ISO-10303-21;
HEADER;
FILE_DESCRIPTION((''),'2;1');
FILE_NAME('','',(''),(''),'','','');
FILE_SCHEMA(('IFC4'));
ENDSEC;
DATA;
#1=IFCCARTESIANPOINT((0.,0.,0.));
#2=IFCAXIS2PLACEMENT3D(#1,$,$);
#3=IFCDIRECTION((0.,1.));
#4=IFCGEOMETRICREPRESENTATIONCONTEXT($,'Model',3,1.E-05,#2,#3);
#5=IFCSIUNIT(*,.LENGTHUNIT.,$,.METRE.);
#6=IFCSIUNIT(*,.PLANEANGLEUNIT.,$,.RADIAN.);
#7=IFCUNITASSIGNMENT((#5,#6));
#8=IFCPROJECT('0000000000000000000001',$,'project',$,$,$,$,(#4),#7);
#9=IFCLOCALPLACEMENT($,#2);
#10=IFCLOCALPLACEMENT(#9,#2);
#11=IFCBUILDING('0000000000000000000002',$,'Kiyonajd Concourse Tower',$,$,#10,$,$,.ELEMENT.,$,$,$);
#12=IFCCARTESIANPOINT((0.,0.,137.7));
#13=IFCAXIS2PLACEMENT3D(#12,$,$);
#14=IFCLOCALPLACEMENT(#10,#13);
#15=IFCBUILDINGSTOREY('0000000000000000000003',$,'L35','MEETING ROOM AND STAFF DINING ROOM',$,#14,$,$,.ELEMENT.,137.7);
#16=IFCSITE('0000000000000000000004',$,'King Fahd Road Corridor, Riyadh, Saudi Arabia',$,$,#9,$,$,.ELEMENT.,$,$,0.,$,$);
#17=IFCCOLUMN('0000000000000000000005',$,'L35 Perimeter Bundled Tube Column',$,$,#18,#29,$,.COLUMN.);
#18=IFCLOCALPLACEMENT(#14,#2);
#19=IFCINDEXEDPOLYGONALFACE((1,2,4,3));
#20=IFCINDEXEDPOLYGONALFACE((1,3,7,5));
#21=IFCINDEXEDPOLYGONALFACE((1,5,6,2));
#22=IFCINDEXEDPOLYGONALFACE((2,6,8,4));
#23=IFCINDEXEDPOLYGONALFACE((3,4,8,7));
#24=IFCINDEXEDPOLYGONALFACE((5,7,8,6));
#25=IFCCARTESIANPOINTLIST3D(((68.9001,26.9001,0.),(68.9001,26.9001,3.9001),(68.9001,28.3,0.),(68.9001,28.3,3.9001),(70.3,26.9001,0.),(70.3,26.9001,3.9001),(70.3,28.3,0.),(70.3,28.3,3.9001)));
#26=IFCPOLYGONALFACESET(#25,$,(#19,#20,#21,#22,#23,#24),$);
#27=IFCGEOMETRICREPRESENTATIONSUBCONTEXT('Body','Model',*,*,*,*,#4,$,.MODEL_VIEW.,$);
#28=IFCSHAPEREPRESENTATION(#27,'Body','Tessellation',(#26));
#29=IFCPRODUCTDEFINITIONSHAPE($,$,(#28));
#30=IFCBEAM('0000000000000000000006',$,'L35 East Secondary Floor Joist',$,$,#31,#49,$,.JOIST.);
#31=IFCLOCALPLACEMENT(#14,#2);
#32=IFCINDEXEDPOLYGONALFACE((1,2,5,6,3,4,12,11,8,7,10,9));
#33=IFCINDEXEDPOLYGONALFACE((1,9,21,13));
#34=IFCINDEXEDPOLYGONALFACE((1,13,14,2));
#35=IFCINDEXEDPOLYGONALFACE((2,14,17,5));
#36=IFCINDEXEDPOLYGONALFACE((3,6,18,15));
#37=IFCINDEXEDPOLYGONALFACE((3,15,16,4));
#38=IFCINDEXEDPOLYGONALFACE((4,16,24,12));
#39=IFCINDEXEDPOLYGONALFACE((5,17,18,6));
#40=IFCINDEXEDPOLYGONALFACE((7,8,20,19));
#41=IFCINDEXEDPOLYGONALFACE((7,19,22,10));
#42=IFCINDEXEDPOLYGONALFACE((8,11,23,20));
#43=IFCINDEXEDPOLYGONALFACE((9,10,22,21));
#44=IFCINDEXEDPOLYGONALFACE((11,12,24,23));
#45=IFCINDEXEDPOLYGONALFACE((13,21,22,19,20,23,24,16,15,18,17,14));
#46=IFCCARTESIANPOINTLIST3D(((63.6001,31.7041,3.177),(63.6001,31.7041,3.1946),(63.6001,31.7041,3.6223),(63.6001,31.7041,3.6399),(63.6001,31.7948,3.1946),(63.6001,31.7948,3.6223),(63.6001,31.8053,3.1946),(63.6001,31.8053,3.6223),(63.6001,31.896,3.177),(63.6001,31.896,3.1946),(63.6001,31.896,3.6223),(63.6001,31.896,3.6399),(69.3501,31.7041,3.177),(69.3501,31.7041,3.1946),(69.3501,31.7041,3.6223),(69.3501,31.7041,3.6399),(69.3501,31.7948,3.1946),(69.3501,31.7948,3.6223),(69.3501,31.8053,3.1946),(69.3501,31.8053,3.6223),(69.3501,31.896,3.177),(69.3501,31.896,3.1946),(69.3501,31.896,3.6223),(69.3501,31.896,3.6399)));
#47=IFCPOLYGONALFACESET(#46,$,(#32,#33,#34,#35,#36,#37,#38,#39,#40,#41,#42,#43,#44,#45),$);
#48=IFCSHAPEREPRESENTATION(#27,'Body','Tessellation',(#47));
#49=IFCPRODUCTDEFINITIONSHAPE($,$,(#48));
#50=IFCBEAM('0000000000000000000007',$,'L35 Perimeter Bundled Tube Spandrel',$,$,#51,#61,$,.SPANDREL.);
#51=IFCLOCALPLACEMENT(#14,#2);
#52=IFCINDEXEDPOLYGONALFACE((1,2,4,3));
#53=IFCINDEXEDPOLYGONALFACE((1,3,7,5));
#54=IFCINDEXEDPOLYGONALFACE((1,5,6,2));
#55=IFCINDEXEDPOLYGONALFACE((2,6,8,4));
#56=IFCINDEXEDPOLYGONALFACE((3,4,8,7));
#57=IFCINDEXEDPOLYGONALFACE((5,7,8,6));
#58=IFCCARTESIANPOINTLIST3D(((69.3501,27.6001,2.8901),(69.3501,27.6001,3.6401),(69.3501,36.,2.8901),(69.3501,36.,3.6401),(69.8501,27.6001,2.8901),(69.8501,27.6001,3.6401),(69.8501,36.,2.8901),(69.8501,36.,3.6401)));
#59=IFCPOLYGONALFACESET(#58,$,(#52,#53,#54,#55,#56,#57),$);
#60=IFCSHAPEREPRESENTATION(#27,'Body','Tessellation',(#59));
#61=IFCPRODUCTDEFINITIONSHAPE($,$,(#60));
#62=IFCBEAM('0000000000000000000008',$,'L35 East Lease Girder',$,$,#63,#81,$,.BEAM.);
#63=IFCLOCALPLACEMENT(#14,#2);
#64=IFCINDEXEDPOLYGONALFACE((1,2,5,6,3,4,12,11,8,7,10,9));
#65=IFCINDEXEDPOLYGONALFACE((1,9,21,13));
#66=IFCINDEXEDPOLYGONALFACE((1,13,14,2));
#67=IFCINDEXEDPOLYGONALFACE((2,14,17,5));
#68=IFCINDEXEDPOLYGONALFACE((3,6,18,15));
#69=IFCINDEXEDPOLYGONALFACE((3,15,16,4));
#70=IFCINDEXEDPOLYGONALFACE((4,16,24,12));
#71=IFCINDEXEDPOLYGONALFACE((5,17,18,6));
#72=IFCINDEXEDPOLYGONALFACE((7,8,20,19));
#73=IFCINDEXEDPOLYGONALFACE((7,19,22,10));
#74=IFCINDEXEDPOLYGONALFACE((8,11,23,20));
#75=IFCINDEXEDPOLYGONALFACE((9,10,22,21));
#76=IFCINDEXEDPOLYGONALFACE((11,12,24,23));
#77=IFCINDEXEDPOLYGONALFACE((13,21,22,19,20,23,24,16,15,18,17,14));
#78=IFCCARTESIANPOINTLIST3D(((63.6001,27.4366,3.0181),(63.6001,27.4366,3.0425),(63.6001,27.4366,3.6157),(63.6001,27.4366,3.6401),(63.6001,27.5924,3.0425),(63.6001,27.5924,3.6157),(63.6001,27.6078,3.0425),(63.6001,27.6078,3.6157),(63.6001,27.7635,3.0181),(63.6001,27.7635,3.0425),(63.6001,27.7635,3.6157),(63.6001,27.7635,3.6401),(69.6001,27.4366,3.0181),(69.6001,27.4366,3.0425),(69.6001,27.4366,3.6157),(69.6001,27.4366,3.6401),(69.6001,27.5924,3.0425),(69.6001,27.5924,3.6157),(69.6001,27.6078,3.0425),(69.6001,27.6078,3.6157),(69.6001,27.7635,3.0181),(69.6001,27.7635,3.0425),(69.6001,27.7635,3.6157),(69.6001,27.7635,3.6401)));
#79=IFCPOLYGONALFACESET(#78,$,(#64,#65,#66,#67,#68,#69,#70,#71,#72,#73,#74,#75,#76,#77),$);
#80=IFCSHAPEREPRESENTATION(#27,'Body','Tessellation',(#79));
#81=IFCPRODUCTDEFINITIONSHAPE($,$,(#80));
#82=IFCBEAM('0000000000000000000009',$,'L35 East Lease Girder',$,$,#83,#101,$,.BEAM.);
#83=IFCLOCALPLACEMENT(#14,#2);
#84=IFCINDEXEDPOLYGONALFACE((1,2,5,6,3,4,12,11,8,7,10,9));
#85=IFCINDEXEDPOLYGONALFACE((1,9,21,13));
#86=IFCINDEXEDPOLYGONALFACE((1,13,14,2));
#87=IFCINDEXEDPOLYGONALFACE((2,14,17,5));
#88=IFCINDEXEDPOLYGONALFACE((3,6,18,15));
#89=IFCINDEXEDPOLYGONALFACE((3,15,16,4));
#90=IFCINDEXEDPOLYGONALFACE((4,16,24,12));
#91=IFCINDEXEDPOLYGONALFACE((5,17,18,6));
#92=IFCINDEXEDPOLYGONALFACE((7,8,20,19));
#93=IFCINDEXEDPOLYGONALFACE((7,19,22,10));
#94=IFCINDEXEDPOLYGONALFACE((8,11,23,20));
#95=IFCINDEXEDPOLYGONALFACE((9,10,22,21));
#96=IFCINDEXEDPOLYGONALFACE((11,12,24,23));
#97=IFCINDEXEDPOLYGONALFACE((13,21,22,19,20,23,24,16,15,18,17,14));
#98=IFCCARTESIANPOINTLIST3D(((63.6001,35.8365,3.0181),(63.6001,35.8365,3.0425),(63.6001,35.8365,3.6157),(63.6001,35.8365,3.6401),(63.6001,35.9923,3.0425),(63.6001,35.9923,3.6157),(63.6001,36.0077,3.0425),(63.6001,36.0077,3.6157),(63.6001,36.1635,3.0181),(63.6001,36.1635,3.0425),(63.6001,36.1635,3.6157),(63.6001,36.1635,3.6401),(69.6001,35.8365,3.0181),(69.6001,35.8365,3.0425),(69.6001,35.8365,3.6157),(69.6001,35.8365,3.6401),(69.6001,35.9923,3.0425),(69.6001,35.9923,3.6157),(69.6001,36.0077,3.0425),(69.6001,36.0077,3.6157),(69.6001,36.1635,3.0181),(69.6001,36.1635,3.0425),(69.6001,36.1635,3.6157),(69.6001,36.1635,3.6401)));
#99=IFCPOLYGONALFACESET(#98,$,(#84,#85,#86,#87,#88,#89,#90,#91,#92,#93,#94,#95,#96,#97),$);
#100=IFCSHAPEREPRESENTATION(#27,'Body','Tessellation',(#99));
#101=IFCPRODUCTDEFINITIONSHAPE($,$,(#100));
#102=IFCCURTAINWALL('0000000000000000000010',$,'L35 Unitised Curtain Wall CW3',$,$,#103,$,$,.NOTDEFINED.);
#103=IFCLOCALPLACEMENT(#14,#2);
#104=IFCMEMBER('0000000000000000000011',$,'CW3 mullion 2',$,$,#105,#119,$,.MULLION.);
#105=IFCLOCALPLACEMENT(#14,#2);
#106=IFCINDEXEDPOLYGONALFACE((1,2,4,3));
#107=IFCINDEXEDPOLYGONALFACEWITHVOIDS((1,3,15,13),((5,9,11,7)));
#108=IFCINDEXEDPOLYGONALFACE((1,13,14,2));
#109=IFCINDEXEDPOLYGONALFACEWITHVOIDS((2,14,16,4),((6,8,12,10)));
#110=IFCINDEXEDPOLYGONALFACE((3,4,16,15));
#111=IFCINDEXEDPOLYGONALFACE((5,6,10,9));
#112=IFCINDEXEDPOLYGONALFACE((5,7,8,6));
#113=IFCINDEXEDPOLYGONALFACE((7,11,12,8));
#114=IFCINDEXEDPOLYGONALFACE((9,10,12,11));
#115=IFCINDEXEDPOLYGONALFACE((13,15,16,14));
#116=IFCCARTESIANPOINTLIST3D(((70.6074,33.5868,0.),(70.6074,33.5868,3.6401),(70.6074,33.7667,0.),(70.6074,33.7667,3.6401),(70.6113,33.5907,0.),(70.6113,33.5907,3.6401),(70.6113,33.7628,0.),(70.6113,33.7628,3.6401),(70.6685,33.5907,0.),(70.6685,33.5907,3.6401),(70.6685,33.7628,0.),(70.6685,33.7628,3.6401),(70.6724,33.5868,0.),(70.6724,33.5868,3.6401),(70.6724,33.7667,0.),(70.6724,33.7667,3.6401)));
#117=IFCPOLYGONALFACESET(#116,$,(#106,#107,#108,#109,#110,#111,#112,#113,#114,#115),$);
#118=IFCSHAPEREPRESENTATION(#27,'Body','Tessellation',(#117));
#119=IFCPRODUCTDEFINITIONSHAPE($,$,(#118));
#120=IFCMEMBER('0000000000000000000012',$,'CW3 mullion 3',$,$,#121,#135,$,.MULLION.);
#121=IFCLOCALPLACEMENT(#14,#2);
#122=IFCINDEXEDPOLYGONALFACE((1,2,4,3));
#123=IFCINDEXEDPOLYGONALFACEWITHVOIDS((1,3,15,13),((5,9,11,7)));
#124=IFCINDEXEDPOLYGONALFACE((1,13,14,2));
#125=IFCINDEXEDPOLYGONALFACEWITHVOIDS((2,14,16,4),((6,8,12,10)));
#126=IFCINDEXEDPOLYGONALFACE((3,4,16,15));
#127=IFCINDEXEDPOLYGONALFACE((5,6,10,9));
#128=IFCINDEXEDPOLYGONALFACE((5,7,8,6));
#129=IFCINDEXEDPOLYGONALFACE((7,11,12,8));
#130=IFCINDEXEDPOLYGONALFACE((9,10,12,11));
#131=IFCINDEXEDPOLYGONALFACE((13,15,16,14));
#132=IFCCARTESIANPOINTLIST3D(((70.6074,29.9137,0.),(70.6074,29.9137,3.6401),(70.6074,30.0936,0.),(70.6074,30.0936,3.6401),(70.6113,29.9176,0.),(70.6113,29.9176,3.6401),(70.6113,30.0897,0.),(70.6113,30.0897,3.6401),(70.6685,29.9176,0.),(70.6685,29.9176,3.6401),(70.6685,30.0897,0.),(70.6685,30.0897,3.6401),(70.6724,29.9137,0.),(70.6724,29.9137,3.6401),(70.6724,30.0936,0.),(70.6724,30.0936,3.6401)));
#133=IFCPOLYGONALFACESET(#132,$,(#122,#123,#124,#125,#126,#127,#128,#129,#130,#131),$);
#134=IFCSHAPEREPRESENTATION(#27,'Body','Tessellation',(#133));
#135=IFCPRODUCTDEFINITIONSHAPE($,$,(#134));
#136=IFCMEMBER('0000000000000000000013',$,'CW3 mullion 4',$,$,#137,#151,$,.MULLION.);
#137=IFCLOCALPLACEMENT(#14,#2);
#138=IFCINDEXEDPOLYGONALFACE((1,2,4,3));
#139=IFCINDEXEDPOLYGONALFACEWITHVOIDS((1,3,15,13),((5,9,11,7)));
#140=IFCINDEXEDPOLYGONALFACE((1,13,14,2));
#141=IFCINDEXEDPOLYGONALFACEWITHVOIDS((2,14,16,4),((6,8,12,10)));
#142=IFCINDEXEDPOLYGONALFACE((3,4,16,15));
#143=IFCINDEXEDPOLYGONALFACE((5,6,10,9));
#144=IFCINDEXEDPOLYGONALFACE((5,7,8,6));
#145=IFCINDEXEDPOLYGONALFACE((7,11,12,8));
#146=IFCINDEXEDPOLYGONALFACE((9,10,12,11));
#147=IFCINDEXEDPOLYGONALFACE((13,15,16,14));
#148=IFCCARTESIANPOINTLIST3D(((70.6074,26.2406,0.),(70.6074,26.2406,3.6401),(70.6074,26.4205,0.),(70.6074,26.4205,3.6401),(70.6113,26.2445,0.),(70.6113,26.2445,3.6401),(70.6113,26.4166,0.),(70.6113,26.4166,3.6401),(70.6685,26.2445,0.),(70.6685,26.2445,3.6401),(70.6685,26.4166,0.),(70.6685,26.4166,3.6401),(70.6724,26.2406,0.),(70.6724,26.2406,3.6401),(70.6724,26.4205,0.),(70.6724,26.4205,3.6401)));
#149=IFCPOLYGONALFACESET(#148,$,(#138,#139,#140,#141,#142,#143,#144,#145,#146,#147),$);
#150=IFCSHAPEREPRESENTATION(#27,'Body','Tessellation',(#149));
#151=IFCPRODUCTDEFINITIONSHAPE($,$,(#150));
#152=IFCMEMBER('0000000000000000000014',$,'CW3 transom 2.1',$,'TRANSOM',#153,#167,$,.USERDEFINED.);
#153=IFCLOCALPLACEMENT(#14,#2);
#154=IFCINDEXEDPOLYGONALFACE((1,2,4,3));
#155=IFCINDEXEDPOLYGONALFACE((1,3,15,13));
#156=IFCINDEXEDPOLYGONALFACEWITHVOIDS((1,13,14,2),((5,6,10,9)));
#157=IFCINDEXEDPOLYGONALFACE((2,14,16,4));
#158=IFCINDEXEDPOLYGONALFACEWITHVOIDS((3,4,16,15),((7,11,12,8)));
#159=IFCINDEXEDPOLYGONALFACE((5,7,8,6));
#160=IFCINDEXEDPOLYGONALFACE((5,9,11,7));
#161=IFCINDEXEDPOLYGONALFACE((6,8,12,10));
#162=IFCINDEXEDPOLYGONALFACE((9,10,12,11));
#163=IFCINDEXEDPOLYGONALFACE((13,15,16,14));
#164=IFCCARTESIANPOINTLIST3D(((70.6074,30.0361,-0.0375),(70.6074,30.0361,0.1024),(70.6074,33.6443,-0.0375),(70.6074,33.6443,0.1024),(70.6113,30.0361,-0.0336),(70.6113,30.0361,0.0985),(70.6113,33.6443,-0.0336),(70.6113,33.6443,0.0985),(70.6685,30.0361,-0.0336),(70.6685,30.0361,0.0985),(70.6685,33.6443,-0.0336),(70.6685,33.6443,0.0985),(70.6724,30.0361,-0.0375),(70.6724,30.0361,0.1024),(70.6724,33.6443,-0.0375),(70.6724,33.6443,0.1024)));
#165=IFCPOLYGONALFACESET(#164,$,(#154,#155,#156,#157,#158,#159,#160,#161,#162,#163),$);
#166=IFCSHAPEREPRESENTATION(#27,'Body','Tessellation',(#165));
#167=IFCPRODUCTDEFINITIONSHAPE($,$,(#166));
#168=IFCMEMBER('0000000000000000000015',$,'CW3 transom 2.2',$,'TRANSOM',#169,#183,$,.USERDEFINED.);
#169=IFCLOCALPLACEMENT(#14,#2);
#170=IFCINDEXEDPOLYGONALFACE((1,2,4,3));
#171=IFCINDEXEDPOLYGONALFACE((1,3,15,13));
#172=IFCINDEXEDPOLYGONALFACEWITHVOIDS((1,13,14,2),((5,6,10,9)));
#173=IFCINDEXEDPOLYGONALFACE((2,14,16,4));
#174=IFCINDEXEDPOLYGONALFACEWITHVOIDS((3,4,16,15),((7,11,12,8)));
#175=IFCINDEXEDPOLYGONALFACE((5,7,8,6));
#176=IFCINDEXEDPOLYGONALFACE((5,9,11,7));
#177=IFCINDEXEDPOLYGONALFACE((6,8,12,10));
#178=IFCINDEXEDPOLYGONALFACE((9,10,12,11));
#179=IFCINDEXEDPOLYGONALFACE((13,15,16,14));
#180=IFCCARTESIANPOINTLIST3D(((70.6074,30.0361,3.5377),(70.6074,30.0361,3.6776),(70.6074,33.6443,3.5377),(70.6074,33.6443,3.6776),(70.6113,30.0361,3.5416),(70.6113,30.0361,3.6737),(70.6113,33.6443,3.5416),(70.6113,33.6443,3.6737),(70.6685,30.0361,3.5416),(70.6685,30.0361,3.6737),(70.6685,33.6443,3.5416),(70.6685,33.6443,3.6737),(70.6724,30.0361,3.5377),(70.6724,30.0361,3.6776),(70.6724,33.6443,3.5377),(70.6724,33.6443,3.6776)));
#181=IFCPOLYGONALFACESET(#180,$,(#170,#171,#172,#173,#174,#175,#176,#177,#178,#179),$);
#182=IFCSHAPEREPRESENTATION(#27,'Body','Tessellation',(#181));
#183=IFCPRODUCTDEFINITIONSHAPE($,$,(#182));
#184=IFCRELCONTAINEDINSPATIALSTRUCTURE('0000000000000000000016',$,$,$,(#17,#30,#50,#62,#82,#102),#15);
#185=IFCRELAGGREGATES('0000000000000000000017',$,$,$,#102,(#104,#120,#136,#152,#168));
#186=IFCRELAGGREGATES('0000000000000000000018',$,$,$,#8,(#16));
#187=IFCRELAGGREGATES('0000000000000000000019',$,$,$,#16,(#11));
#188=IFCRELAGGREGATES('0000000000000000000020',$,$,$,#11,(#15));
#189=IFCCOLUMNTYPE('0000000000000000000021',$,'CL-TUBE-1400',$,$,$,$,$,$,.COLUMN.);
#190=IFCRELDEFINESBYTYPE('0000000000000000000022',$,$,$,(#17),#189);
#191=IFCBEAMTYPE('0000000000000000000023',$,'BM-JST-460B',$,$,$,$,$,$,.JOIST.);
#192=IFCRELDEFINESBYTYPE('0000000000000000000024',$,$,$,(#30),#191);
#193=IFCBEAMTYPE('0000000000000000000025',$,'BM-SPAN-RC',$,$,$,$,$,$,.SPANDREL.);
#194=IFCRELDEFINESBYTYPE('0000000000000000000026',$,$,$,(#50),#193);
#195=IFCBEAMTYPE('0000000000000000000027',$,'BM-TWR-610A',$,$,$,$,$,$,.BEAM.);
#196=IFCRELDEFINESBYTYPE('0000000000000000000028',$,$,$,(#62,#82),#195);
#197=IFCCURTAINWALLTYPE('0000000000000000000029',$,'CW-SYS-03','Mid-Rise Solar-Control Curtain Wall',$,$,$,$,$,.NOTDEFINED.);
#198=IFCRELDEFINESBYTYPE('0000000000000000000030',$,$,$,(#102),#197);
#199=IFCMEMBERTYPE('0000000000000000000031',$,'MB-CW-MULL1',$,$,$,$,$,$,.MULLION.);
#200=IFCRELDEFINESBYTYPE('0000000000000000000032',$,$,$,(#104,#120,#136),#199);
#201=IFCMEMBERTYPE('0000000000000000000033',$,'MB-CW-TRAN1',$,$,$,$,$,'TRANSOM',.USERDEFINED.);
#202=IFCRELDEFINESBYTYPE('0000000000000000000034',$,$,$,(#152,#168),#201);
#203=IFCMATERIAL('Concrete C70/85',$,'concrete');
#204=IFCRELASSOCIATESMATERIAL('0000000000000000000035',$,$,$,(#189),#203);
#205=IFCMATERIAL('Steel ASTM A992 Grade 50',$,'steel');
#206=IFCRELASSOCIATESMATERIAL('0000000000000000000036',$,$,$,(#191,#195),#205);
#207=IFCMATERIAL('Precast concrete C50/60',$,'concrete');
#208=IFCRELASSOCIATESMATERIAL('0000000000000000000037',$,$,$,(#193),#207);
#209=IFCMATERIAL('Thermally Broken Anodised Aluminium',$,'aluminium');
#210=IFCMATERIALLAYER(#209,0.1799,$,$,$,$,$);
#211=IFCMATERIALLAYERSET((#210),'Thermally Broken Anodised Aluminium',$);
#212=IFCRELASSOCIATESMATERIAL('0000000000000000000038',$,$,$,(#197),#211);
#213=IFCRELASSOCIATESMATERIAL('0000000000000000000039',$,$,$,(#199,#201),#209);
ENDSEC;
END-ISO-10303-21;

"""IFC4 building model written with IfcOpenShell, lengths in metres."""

from ifc_helpers import new_model, si_unit, direction, frame, origin, origin_2d, place, context, subcontext, project, spatial, rectangle, hollow_rectangle, i_section, extrude, material, layer, layer_set, material_profile, profile_set, type_object, element, aggregate, save


model = new_model("IFC4")

# Units and contexts
model_context = context("Model", 3, precision=1e-05, world=origin(), true_north=direction((0.0, 1.0)))
body_context = subcontext(model_context, "Body", "Model", "MODEL_VIEW")
ifc_project = project(units=[si_unit("LENGTHUNIT", "METRE"), si_unit("PLANEANGLEUNIT", "RADIAN")], contexts=[model_context])

# Site, building, storey
site_placement = place(None, origin())
site = spatial("IfcSite", under=ifc_project, at=site_placement, Name="King Fahd Road Corridor, Riyadh, Saudi Arabia", CompositionType="ELEMENT", RefElevation=0.0)
building_placement = place(site_placement, origin())
building = spatial("IfcBuilding", under=site, at=building_placement, Name="Kiyonajd Concourse Tower", CompositionType="ELEMENT")
storey_placement = place(building_placement, frame((0.0, 0.0, 137.7)))
storey = spatial("IfcBuildingStorey", under=building, at=storey_placement, Name="L35", Description="MEETING ROOM AND STAFF DINING ROOM", CompositionType="ELEMENT", Elevation=137.7)

# Column
ifc_material_1 = material(Name="Concrete C70/85", Category="concrete")
ifc_material_profile_1 = material_profile(ifc_material_1, rectangle(XDim=1.3999, YDim=1.3999, at=origin_2d()), Name="RC-1400x1400")
ifc_profile_set_1 = profile_set([ifc_material_profile_1], Name="Concrete C70/85")
column_type = type_object("IfcColumnType", Name="CL-TUBE-1400", PredefinedType="COLUMN", material=ifc_profile_set_1)
column_placement = place(storey_placement, frame((69.6001, 27.6001, 0.0), z_axis=(0.0, 0.0, 1.0), x_axis=(1.0, 0.0, 0.0)))
element("IfcColumn", 1, at=column_placement, inside=storey, type_object=column_type, Name="L35 Perimeter Bundled Tube Column", PredefinedType="COLUMN", context=body_context, shape_type="SweptSolid", body=[
    extrude(rectangle(XDim=1.3999, YDim=1.3999, at=origin_2d()), origin(), (0.0, 0.0, 1.0), 3.9001),
])

# Beams
ifc_material_2 = material(Name="Steel ASTM A992 Grade 50", Category="steel")
ifc_material_profile_2 = material_profile(ifc_material_2, i_section(OverallWidth=0.1919, OverallDepth=0.4629, WebThickness=0.0105, FlangeThickness=0.0176, at=origin_2d()), Name="W460X89")
ifc_profile_set_2 = profile_set([ifc_material_profile_2], Name="Steel ASTM A992 Grade 50")
beam_type_1 = type_object("IfcBeamType", Name="BM-JST-460B", PredefinedType="JOIST", material=ifc_profile_set_2)
beam_1_placement = place(storey_placement, frame((63.6001, 31.8, 3.4084), z_axis=(1.0, 0.0, 0.0), x_axis=(0.0, 1.0, 0.0)))
element("IfcBeam", 2, at=beam_1_placement, inside=storey, type_object=beam_type_1, Name="L35 East Secondary Floor Joist", PredefinedType="JOIST", context=body_context, shape_type="SweptSolid", body=[
    extrude(i_section(OverallWidth=0.1919, OverallDepth=0.4629, WebThickness=0.0105, FlangeThickness=0.0176, at=origin_2d()), origin(), (0.0, 0.0, 1.0), 5.75),
])
ifc_material_3 = material(Name="Precast concrete C50/60", Category="concrete")
ifc_material_profile_3 = material_profile(ifc_material_3, rectangle(XDim=0.5, YDim=0.75, at=origin_2d()), Name="RCBM-500x750")
ifc_profile_set_3 = profile_set([ifc_material_profile_3], Name="Precast concrete C50/60")
beam_type_2 = type_object("IfcBeamType", Name="BM-SPAN-RC", PredefinedType="SPANDREL", material=ifc_profile_set_3)
beam_2_placement = place(storey_placement, frame((69.6001, 27.6001, 3.2651), z_axis=(0.0, 1.0, 0.0), x_axis=(-1.0, 0.0, 0.0)))
element("IfcBeam", 3, at=beam_2_placement, inside=storey, type_object=beam_type_2, Name="L35 Perimeter Bundled Tube Spandrel", PredefinedType="SPANDREL", context=body_context, shape_type="SweptSolid", body=[
    extrude(rectangle(XDim=0.5, YDim=0.75, at=origin_2d()), origin(), (0.0, 0.0, 1.0), 8.3999),
])
ifc_material_profile_4 = material_profile(ifc_material_2, i_section(OverallWidth=0.3269, OverallDepth=0.6221, WebThickness=0.0154, FlangeThickness=0.0244, at=origin_2d()), Name="W610X195")
ifc_profile_set_4 = profile_set([ifc_material_profile_4], Name="Steel ASTM A992 Grade 50")
beam_type_3 = type_object("IfcBeamType", Name="BM-TWR-610A", PredefinedType="BEAM", material=ifc_profile_set_4)
for number, where, z_axis, x_axis, name in (
    (4, (63.6001, 27.6001, 3.3291), (1.0, 0.0, 0.0), (0.0, 1.0, 0.0), "L35 East Lease Girder"),
    (5, (63.6001, 36.0, 3.3291), (1.0, 0.0, 0.0), (0.0, 1.0, 0.0), "L35 East Lease Girder"),
):
    element("IfcBeam", number, at=place(storey_placement, frame(where, z_axis=z_axis, x_axis=x_axis)), inside=storey, type_object=beam_type_3, Name=name, PredefinedType="BEAM", context=body_context, shape_type="SweptSolid", body=[
        extrude(i_section(OverallWidth=0.3269, OverallDepth=0.6221, WebThickness=0.0154, FlangeThickness=0.0244, at=origin_2d()), origin(), (0.0, 0.0, 1.0), 6.0),
    ])

# Curtain wall, members
ifc_material_4 = material(Name="Thermally Broken Anodised Aluminium", Category="aluminium")
ifc_layer_1 = layer(ifc_material_4, 0.1799)
ifc_layer_set_1 = layer_set([ifc_layer_1], Name="Thermally Broken Anodised Aluminium")
curtain_wall_type = type_object("IfcCurtainWallType", Name="CW-SYS-03", Description="Mid-Rise Solar-Control Curtain Wall", PredefinedType="NOTDEFINED", material=ifc_layer_set_1)
curtain_wall_placement = place(storey_placement, origin())
curtain_wall = element("IfcCurtainWall", 6, at=curtain_wall_placement, inside=storey, type_object=curtain_wall_type, Name="L35 Unitised Curtain Wall CW3", PredefinedType="NOTDEFINED")
ifc_material_profile_5 = material_profile(ifc_material_4, hollow_rectangle(XDim=0.0649, YDim=0.1799, WallThickness=0.0039, at=origin_2d()), Name="MULL-65x180")
ifc_profile_set_5 = profile_set([ifc_material_profile_5], Name="Thermally Broken Anodised Aluminium")
member_type_1 = type_object("IfcMemberType", Name="MB-CW-MULL1", PredefinedType="MULLION", material=ifc_profile_set_5)
member_1_placement = place(storey_placement, frame((70.6399, 33.6768, 0.0), z_axis=(0.0, 0.0, 1.0), x_axis=(1.0, 0.0, 0.0)))
member_1 = element("IfcMember", 7, at=member_1_placement, type_object=member_type_1, Name="CW3 mullion 2", PredefinedType="MULLION", context=body_context, shape_type="SweptSolid", body=[
    extrude(hollow_rectangle(XDim=0.0649, YDim=0.1799, WallThickness=0.0039, at=origin_2d()), origin(), (0.0, 0.0, 1.0), 3.6401),
])
member_2_placement = place(storey_placement, frame((70.6399, 30.0037, 0.0), z_axis=(0.0, 0.0, 1.0), x_axis=(1.0, 0.0, 0.0)))
member_2 = element("IfcMember", 8, at=member_2_placement, type_object=member_type_1, Name="CW3 mullion 3", PredefinedType="MULLION", context=body_context, shape_type="SweptSolid", body=[
    extrude(hollow_rectangle(XDim=0.0649, YDim=0.1799, WallThickness=0.0039, at=origin_2d()), origin(), (0.0, 0.0, 1.0), 3.6401),
])
member_3_placement = place(storey_placement, frame((70.6399, 26.3306, 0.0), z_axis=(0.0, 0.0, 1.0), x_axis=(1.0, 0.0, 0.0)))
member_3 = element("IfcMember", 9, at=member_3_placement, type_object=member_type_1, Name="CW3 mullion 4", PredefinedType="MULLION", context=body_context, shape_type="SweptSolid", body=[
    extrude(hollow_rectangle(XDim=0.0649, YDim=0.1799, WallThickness=0.0039, at=origin_2d()), origin(), (0.0, 0.0, 1.0), 3.6401),
])
ifc_material_profile_6 = material_profile(ifc_material_4, hollow_rectangle(XDim=0.0649, YDim=0.1399, WallThickness=0.0039, at=origin_2d()), Name="TRAN-65x140")
ifc_profile_set_6 = profile_set([ifc_material_profile_6], Name="Thermally Broken Anodised Aluminium")
member_type_2 = type_object("IfcMemberType", Name="MB-CW-TRAN1", ElementType="TRANSOM", PredefinedType="USERDEFINED", material=ifc_profile_set_6)
member_4_placement = place(storey_placement, frame((70.6399, 33.6443, 0.0325), z_axis=(0.0, -1.0, 0.0), x_axis=(1.0, 0.0, 0.0)))
member_4 = element("IfcMember", 10, at=member_4_placement, type_object=member_type_2, Name="CW3 transom 2.1", ObjectType="TRANSOM", PredefinedType="USERDEFINED", context=body_context, shape_type="SweptSolid", body=[
    extrude(hollow_rectangle(XDim=0.0649, YDim=0.1399, WallThickness=0.0039, at=origin_2d()), origin(), (0.0, 0.0, 1.0), 3.6082),
])
member_5_placement = place(storey_placement, frame((70.6399, 33.6443, 3.6077), z_axis=(0.0, -1.0, 0.0), x_axis=(1.0, 0.0, 0.0)))
member_5 = element("IfcMember", 11, at=member_5_placement, type_object=member_type_2, Name="CW3 transom 2.2", ObjectType="TRANSOM", PredefinedType="USERDEFINED", context=body_context, shape_type="SweptSolid", body=[
    extrude(hollow_rectangle(XDim=0.0649, YDim=0.1399, WallThickness=0.0039, at=origin_2d()), origin(), (0.0, 0.0, 1.0), 3.6082),
])
aggregate(curtain_wall, [member_1, member_2, member_3, member_4, member_5])

save(model, "model.ifc")
